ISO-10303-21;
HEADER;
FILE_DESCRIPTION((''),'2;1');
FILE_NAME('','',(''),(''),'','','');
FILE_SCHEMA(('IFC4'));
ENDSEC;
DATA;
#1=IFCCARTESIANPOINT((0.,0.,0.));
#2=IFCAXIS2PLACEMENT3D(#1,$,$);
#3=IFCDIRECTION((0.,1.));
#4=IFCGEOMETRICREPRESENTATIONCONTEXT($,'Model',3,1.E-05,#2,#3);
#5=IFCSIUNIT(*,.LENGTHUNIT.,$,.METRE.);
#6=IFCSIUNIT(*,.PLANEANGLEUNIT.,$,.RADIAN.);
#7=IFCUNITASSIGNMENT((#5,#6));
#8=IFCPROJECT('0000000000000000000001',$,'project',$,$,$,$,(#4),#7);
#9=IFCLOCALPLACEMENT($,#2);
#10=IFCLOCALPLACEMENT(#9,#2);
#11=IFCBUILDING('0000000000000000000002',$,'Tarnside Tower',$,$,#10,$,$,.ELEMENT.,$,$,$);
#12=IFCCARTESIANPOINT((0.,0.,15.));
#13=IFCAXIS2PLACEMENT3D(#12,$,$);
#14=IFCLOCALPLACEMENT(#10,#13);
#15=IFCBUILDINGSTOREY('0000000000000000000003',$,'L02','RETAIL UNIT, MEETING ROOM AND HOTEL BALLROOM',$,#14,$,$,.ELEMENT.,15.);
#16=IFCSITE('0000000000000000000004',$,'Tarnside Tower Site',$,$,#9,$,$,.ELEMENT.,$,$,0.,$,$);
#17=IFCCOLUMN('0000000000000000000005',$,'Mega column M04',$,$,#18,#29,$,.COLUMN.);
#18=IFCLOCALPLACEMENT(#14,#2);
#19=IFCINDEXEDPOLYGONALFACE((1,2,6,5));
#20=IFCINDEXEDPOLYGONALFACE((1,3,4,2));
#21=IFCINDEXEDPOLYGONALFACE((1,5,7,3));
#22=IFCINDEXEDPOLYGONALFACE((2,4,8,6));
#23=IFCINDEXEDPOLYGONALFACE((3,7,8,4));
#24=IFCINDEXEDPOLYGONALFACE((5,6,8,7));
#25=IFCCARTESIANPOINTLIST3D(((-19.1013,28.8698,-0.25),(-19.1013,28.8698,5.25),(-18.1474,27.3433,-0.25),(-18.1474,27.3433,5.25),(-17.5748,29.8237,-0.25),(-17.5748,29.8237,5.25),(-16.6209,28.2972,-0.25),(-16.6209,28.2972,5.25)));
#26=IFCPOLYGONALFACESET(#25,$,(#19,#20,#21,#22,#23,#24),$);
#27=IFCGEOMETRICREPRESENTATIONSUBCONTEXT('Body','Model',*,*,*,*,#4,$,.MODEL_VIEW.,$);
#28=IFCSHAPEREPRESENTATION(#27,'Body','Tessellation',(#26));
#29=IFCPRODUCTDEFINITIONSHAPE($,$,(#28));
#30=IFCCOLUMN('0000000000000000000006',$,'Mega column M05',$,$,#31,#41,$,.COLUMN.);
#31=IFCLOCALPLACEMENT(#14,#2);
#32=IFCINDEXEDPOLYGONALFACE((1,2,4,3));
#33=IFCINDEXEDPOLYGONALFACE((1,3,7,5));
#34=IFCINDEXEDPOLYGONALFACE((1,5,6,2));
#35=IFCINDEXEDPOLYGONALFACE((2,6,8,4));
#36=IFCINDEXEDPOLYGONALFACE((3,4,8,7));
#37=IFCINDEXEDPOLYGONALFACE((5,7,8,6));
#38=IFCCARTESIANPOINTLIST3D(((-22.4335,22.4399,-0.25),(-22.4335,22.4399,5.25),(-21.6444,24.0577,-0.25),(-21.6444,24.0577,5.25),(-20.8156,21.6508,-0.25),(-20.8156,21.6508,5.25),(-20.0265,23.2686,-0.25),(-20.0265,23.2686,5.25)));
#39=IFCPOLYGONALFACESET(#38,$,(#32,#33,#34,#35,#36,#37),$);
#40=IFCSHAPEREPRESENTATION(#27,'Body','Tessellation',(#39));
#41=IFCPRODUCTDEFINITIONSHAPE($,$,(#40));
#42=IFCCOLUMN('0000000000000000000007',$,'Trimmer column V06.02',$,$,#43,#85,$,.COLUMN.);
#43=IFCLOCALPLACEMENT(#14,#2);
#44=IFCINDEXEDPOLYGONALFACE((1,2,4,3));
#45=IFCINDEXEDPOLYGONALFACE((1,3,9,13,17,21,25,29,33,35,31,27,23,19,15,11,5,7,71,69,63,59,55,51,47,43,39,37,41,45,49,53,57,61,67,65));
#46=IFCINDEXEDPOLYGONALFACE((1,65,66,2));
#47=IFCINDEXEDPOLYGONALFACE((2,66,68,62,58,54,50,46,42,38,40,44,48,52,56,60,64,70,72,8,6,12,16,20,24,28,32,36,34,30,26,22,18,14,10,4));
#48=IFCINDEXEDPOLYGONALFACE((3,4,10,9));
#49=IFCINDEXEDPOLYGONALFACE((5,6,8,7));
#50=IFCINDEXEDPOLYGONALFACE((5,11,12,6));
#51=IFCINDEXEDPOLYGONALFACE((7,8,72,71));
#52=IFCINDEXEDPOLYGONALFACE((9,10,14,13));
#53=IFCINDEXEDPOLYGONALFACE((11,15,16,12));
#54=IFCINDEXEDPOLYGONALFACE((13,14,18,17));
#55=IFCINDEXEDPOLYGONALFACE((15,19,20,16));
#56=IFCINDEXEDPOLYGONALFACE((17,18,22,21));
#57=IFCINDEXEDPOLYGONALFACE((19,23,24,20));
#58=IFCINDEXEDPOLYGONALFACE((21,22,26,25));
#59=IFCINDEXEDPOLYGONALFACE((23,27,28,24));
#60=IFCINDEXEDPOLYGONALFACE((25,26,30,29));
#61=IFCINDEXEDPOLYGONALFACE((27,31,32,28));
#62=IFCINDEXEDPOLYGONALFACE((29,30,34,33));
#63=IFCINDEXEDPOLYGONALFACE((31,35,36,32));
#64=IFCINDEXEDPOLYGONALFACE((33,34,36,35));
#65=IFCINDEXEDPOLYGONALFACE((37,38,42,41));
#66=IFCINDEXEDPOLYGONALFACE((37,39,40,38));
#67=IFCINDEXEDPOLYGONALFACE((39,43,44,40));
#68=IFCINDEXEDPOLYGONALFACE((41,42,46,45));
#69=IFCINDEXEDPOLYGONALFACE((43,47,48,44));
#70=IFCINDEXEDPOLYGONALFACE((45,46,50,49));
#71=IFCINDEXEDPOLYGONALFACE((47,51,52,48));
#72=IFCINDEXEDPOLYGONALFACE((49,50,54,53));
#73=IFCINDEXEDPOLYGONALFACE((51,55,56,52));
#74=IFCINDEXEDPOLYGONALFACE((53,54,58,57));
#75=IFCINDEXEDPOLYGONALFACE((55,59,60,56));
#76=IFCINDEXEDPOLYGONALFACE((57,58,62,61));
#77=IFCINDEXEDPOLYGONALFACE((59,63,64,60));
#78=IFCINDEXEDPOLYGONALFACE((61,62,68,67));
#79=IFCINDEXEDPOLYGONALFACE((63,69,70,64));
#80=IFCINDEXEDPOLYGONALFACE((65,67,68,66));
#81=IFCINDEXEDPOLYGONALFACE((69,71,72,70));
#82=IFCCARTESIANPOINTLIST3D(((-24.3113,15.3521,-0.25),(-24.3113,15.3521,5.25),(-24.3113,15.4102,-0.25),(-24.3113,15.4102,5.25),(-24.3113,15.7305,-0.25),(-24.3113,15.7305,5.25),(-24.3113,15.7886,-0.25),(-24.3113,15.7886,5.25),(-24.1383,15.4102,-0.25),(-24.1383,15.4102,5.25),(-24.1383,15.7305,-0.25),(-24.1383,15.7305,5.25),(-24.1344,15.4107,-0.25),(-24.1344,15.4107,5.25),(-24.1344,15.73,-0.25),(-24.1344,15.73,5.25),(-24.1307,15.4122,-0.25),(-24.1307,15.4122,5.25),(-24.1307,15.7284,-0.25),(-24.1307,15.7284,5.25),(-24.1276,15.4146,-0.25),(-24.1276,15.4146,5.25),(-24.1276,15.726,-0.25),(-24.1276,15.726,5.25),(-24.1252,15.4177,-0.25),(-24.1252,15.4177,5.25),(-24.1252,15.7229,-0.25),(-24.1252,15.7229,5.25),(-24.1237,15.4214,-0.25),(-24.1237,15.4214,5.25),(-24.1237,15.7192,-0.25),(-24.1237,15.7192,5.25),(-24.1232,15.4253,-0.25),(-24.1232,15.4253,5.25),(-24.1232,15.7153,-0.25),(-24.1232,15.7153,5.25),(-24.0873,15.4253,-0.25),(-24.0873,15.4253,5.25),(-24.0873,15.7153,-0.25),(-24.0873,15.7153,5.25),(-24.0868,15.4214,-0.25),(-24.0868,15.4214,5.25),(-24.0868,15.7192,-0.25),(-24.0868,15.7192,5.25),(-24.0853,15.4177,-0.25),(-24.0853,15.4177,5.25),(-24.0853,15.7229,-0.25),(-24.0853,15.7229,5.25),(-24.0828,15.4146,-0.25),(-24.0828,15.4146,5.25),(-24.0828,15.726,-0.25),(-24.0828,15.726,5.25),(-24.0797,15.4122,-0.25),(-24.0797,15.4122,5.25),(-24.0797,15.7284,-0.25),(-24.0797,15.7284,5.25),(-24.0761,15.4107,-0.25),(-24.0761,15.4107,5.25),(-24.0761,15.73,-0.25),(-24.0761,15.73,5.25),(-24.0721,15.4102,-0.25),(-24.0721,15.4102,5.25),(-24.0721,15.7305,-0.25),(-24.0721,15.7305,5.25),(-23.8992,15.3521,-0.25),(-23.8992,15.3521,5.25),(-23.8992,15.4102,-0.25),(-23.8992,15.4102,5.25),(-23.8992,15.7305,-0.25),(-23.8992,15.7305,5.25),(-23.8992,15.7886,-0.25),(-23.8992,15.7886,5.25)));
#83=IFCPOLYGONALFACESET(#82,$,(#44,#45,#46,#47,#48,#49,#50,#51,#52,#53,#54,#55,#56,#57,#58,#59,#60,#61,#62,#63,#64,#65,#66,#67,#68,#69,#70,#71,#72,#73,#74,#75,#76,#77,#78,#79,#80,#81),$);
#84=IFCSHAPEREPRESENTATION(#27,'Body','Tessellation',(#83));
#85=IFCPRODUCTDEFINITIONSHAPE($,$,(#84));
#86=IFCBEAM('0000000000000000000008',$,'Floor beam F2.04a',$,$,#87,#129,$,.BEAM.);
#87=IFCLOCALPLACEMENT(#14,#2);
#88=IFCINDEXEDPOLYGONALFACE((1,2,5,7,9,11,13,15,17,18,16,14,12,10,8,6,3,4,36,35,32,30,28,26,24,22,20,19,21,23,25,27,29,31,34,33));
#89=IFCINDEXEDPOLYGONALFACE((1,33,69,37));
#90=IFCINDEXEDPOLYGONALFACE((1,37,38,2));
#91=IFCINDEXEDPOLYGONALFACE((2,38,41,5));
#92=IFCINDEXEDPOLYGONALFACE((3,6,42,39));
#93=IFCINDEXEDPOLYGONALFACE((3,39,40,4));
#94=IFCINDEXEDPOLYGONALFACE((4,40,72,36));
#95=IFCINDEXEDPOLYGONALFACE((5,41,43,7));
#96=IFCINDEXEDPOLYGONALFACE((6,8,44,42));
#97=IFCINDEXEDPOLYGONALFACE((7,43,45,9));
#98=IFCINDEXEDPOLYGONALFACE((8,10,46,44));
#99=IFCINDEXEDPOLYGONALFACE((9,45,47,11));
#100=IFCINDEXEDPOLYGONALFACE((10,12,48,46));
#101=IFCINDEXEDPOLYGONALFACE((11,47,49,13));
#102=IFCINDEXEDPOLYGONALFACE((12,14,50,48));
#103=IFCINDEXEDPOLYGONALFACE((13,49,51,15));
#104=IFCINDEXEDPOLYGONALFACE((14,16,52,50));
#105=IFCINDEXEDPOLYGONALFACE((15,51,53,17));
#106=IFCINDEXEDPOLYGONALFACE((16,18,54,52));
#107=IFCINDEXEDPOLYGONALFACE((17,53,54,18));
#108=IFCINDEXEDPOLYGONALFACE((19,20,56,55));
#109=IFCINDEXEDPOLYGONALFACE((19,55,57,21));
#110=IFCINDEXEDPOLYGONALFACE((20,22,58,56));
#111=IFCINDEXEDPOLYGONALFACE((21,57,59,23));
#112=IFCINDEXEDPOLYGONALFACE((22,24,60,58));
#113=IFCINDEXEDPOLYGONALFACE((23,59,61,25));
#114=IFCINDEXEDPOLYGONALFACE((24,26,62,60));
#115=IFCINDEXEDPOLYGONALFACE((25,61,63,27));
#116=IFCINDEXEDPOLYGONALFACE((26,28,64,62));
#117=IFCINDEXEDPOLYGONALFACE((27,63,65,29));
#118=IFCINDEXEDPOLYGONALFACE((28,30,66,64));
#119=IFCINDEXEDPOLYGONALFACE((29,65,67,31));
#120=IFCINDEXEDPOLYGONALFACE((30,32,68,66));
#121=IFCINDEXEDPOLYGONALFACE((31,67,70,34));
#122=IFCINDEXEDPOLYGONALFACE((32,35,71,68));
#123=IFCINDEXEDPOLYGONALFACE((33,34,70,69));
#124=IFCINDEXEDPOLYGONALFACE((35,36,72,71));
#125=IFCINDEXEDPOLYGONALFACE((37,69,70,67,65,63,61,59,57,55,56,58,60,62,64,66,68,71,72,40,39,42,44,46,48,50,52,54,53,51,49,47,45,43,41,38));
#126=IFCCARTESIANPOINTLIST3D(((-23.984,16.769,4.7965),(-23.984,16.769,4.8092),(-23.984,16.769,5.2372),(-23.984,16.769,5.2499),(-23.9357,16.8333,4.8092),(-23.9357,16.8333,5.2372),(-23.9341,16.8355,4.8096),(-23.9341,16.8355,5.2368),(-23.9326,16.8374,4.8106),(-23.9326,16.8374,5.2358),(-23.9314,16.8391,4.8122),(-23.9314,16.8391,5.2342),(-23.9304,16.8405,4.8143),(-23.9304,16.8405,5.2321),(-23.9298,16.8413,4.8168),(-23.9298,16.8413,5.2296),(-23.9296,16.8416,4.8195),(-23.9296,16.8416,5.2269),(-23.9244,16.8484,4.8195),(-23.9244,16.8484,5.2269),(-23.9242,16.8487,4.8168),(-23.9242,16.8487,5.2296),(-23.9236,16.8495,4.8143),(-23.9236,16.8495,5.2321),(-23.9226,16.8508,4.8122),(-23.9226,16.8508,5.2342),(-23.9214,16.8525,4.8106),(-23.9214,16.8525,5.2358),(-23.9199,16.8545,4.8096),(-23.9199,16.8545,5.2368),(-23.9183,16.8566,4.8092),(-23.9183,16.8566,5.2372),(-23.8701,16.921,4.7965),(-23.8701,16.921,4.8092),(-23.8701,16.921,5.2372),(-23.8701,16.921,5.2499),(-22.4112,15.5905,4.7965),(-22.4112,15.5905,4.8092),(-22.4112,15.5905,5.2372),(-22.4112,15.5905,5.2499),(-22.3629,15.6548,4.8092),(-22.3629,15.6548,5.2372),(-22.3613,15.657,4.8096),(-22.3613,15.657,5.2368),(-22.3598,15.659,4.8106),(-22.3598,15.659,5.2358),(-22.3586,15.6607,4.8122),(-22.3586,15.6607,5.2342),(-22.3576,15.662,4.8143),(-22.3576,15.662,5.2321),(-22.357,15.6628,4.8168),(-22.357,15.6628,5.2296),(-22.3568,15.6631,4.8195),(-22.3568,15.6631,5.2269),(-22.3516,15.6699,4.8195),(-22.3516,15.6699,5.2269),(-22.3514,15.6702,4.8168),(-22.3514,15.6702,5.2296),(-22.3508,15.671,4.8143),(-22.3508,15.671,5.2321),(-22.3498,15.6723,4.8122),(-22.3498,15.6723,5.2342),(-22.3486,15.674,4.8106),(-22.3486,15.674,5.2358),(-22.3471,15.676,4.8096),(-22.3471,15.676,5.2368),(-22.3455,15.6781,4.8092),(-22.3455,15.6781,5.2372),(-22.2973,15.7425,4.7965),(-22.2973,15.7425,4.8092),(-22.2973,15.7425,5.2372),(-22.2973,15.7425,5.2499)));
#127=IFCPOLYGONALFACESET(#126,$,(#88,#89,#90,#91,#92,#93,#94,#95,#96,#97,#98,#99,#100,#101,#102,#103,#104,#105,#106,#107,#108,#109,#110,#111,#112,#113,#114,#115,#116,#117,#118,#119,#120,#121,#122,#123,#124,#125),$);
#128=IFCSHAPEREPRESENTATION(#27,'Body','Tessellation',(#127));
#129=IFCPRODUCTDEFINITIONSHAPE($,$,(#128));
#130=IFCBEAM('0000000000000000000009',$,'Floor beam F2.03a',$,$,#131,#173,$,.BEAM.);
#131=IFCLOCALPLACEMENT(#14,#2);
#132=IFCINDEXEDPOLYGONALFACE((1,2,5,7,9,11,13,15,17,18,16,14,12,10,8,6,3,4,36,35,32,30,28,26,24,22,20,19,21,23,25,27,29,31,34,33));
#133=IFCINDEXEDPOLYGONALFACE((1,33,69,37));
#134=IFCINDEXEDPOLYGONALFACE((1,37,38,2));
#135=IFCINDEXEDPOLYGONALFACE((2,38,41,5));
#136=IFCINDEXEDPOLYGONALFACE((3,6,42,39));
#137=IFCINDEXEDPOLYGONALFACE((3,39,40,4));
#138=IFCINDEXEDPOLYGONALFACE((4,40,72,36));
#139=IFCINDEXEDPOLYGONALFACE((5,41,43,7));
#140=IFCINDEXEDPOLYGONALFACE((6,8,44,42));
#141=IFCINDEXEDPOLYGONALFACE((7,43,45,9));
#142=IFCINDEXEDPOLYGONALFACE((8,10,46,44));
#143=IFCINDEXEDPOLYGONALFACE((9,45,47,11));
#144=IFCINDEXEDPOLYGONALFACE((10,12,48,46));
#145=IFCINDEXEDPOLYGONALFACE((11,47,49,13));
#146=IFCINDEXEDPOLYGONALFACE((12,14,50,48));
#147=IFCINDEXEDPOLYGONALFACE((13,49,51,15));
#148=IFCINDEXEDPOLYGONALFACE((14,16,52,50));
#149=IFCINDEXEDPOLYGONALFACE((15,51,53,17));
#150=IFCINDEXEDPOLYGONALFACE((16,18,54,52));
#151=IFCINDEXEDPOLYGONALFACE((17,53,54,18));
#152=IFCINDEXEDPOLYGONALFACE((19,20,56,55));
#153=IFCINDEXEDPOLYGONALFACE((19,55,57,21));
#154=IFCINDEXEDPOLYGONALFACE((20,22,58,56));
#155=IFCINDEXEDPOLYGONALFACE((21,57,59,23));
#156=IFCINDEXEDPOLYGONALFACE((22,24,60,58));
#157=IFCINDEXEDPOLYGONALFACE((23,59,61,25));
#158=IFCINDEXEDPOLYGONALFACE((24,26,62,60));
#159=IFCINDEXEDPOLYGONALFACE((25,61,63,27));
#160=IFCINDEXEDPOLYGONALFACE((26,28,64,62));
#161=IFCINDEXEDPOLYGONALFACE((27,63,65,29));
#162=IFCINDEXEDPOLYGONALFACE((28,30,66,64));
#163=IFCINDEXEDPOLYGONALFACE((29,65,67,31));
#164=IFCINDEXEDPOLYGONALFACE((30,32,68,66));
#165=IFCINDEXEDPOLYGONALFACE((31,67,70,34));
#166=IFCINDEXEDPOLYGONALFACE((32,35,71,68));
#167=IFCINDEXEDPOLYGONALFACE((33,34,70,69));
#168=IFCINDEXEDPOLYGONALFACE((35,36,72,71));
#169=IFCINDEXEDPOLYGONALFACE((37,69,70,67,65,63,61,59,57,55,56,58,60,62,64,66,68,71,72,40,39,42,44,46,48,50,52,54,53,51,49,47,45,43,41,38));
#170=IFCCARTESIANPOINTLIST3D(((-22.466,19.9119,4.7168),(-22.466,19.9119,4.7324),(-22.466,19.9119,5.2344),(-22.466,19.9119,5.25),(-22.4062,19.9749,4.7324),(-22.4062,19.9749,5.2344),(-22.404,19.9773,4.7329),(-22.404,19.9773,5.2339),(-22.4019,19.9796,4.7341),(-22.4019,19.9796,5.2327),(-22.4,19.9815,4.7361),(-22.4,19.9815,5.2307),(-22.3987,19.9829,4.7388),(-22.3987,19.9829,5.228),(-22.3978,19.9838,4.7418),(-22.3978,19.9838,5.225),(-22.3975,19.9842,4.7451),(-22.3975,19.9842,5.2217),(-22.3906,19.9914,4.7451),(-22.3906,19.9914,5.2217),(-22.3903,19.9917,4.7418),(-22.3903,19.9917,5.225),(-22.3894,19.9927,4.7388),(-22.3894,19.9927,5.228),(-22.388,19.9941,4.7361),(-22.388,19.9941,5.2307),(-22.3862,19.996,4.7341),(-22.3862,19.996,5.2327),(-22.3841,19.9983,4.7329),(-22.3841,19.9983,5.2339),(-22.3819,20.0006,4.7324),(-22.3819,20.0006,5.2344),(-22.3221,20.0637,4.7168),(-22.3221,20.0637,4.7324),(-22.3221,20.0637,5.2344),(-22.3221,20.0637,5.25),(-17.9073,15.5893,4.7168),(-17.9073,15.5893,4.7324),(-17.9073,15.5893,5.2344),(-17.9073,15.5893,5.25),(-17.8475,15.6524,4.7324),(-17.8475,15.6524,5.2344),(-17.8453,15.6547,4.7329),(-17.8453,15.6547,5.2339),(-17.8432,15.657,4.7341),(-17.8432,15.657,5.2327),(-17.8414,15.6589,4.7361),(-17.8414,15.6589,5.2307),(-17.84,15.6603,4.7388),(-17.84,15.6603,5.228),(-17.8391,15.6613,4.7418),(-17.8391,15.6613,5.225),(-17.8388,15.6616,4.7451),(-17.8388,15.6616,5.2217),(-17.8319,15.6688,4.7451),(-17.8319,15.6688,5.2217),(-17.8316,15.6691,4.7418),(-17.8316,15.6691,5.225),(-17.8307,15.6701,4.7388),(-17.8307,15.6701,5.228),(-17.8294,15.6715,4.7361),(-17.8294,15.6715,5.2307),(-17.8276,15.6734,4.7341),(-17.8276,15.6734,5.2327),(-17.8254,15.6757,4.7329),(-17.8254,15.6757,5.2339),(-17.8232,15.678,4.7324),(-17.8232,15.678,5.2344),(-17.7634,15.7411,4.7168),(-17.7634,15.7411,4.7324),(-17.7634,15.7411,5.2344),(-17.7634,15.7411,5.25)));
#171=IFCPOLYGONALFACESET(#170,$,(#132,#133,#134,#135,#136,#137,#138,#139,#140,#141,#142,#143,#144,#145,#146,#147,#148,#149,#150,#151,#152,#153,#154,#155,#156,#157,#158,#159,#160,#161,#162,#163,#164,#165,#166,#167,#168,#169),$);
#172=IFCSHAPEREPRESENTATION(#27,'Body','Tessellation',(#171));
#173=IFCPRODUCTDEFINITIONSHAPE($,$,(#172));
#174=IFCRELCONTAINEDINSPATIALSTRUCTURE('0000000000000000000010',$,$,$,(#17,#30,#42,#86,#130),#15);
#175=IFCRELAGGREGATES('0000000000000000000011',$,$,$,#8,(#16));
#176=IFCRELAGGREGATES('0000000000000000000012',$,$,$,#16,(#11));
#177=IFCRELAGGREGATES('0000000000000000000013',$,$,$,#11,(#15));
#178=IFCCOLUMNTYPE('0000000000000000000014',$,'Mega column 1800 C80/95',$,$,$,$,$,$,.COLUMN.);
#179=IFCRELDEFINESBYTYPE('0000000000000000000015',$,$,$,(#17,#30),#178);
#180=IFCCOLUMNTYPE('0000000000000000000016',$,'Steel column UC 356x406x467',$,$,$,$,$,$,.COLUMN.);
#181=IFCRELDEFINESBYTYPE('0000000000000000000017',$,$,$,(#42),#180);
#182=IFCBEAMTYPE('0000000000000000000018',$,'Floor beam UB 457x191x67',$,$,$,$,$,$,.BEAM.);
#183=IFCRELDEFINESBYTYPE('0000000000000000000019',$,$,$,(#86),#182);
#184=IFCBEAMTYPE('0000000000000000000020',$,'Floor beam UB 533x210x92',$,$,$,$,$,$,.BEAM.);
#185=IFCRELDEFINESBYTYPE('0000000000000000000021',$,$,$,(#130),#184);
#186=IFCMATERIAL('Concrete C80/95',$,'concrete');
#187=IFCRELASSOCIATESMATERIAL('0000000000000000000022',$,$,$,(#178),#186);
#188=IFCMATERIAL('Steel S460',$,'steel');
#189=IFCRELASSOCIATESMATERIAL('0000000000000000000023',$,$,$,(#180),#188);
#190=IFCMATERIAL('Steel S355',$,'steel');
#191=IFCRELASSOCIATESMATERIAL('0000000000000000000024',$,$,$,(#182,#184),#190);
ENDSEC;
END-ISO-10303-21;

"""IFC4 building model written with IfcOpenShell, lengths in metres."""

from ifc_helpers import new_model, si_unit, direction, frame, origin, origin_2d, place, context, subcontext, project, spatial, rectangle, i_section, extrude, material, material_profile, profile_set, type_object, element, save


model = new_model("IFC4")

# Units and contexts
model_context = context("Model", 3, precision=1e-05, world=origin(), true_north=direction((0.0, 1.0)))
body_context = subcontext(model_context, "Body", "Model", "MODEL_VIEW")
ifc_project = project(units=[si_unit("LENGTHUNIT", "METRE"), si_unit("PLANEANGLEUNIT", "RADIAN")], contexts=[model_context])

# Site, building, storey
site_placement = place(None, origin())
site = spatial("IfcSite", under=ifc_project, at=site_placement, Name="Tarnside Tower Site", CompositionType="ELEMENT", RefElevation=0.0)
building_placement = place(site_placement, origin())
building = spatial("IfcBuilding", under=site, at=building_placement, Name="Tarnside Tower", CompositionType="ELEMENT")
storey_placement = place(building_placement, frame((0.0, 0.0, 15.0)))
storey = spatial("IfcBuildingStorey", under=building, at=storey_placement, Name="L02", Description="RETAIL UNIT, MEETING ROOM AND HOTEL BALLROOM", CompositionType="ELEMENT", Elevation=15.0)

# Columns
ifc_material_1 = material(Name="Concrete C80/95", Category="concrete")
ifc_material_profile_1 = material_profile(ifc_material_1, rectangle(XDim=1.8, YDim=1.8, at=origin_2d()), Name="Mega column 1800x1800")
ifc_profile_set_1 = profile_set([ifc_material_profile_1], Name="Concrete C80/95")
column_type_1 = type_object("IfcColumnType", Name="Mega column 1800 C80/95", PredefinedType="COLUMN", material=ifc_profile_set_1)
for number, where, z_axis, x_axis, name in (
    (1, (-17.8611, 28.5835, -0.25), (0.0, 0.0, 1.0), (0.848048, 0.529919, 0.0), "Mega column M04"),
    (2, (-21.23, 22.8542, -0.25), (0.0, 0.0, 1.0), (0.438371, 0.898794, 0.0), "Mega column M05"),
):
    element("IfcColumn", number, at=place(storey_placement, frame(where, z_axis=z_axis, x_axis=x_axis)), inside=storey, type_object=column_type_1, Name=name, PredefinedType="COLUMN", context=body_context, shape_type="SweptSolid", body=[
        extrude(rectangle(XDim=1.8, YDim=1.8, at=origin_2d()), origin(), (0.0, 0.0, 1.0), 5.5),
    ])
ifc_material_2 = material(Name="Steel S460", Category="steel")
ifc_material_profile_2 = material_profile(ifc_material_2, i_section(OverallWidth=0.4121, OverallDepth=0.4365, WebThickness=0.0359, FlangeThickness=0.0581, FilletRadius=0.0151, at=origin_2d()), Name="UC 356x406x467")
ifc_profile_set_2 = profile_set([ifc_material_profile_2], Name="Steel S460")
column_type_2 = type_object("IfcColumnType", Name="Steel column UC 356x406x467", PredefinedType="COLUMN", material=ifc_profile_set_2)
column_placement = place(storey_placement, frame((-24.1052, 15.5703, -0.25), z_axis=(0.0, 0.0, 1.0), x_axis=(1.0, 0.0, 0.0)))
element("IfcColumn", 3, at=column_placement, inside=storey, type_object=column_type_2, Name="Trimmer column V06.02", PredefinedType="COLUMN", context=body_context, shape_type="SweptSolid", body=[
    extrude(i_section(OverallWidth=0.4121, OverallDepth=0.4365, WebThickness=0.0359, FlangeThickness=0.0581, FilletRadius=0.0151, at=origin_2d()), origin(), (0.0, 0.0, 1.0), 5.5),
])

# Beams
ifc_material_3 = material(Name="Steel S355", Category="steel")
ifc_material_profile_3 = material_profile(ifc_material_3, i_section(OverallWidth=0.1899, OverallDepth=0.4534, WebThickness=0.0085, FlangeThickness=0.0127, FilletRadius=0.0103, at=origin_2d()), Name="UB 457x191x67")
ifc_profile_set_3 = profile_set([ifc_material_profile_3], Name="Steel S355")
beam_type_1 = type_object("IfcBeamType", Name="Floor beam UB 457x191x67", PredefinedType="BEAM", material=ifc_profile_set_3)
beam_1_placement = place(storey_placement, frame((-23.927, 16.845, 5.0232), z_axis=(0.800268, -0.599642, 0.0), x_axis=(0.599642, 0.800268, 0.0)))
element("IfcBeam", 4, at=beam_1_placement, inside=storey, type_object=beam_type_1, Name="Floor beam F2.04a", PredefinedType="BEAM", context=body_context, shape_type="SweptSolid", body=[
    extrude(i_section(OverallWidth=0.1899, OverallDepth=0.4534, WebThickness=0.0085, FlangeThickness=0.0127, FilletRadius=0.0103, at=origin_2d()), origin(), (0.0, 0.0, 1.0), 1.9653),
])
ifc_material_profile_4 = material_profile(ifc_material_3, i_section(OverallWidth=0.2092, OverallDepth=0.5332, WebThickness=0.01, FlangeThickness=0.0156, FilletRadius=0.0127, at=origin_2d()), Name="UB 533x210x92")
ifc_profile_set_4 = profile_set([ifc_material_profile_4], Name="Steel S355")
beam_type_2 = type_object("IfcBeamType", Name="Floor beam UB 533x210x92", PredefinedType="BEAM", material=ifc_profile_set_4)
beam_2_placement = place(storey_placement, frame((-22.394, 19.9878, 4.9834), z_axis=(0.725647, -0.688067, 0.0), x_axis=(0.688067, 0.725647, 0.0)))
element("IfcBeam", 5, at=beam_2_placement, inside=storey, type_object=beam_type_2, Name="Floor beam F2.03a", PredefinedType="BEAM", context=body_context, shape_type="SweptSolid", body=[
    extrude(i_section(OverallWidth=0.2092, OverallDepth=0.5332, WebThickness=0.01, FlangeThickness=0.0156, FilletRadius=0.0127, at=origin_2d()), origin(), (0.0, 0.0, 1.0), 6.2822),
])

save(model, "model.ifc")
